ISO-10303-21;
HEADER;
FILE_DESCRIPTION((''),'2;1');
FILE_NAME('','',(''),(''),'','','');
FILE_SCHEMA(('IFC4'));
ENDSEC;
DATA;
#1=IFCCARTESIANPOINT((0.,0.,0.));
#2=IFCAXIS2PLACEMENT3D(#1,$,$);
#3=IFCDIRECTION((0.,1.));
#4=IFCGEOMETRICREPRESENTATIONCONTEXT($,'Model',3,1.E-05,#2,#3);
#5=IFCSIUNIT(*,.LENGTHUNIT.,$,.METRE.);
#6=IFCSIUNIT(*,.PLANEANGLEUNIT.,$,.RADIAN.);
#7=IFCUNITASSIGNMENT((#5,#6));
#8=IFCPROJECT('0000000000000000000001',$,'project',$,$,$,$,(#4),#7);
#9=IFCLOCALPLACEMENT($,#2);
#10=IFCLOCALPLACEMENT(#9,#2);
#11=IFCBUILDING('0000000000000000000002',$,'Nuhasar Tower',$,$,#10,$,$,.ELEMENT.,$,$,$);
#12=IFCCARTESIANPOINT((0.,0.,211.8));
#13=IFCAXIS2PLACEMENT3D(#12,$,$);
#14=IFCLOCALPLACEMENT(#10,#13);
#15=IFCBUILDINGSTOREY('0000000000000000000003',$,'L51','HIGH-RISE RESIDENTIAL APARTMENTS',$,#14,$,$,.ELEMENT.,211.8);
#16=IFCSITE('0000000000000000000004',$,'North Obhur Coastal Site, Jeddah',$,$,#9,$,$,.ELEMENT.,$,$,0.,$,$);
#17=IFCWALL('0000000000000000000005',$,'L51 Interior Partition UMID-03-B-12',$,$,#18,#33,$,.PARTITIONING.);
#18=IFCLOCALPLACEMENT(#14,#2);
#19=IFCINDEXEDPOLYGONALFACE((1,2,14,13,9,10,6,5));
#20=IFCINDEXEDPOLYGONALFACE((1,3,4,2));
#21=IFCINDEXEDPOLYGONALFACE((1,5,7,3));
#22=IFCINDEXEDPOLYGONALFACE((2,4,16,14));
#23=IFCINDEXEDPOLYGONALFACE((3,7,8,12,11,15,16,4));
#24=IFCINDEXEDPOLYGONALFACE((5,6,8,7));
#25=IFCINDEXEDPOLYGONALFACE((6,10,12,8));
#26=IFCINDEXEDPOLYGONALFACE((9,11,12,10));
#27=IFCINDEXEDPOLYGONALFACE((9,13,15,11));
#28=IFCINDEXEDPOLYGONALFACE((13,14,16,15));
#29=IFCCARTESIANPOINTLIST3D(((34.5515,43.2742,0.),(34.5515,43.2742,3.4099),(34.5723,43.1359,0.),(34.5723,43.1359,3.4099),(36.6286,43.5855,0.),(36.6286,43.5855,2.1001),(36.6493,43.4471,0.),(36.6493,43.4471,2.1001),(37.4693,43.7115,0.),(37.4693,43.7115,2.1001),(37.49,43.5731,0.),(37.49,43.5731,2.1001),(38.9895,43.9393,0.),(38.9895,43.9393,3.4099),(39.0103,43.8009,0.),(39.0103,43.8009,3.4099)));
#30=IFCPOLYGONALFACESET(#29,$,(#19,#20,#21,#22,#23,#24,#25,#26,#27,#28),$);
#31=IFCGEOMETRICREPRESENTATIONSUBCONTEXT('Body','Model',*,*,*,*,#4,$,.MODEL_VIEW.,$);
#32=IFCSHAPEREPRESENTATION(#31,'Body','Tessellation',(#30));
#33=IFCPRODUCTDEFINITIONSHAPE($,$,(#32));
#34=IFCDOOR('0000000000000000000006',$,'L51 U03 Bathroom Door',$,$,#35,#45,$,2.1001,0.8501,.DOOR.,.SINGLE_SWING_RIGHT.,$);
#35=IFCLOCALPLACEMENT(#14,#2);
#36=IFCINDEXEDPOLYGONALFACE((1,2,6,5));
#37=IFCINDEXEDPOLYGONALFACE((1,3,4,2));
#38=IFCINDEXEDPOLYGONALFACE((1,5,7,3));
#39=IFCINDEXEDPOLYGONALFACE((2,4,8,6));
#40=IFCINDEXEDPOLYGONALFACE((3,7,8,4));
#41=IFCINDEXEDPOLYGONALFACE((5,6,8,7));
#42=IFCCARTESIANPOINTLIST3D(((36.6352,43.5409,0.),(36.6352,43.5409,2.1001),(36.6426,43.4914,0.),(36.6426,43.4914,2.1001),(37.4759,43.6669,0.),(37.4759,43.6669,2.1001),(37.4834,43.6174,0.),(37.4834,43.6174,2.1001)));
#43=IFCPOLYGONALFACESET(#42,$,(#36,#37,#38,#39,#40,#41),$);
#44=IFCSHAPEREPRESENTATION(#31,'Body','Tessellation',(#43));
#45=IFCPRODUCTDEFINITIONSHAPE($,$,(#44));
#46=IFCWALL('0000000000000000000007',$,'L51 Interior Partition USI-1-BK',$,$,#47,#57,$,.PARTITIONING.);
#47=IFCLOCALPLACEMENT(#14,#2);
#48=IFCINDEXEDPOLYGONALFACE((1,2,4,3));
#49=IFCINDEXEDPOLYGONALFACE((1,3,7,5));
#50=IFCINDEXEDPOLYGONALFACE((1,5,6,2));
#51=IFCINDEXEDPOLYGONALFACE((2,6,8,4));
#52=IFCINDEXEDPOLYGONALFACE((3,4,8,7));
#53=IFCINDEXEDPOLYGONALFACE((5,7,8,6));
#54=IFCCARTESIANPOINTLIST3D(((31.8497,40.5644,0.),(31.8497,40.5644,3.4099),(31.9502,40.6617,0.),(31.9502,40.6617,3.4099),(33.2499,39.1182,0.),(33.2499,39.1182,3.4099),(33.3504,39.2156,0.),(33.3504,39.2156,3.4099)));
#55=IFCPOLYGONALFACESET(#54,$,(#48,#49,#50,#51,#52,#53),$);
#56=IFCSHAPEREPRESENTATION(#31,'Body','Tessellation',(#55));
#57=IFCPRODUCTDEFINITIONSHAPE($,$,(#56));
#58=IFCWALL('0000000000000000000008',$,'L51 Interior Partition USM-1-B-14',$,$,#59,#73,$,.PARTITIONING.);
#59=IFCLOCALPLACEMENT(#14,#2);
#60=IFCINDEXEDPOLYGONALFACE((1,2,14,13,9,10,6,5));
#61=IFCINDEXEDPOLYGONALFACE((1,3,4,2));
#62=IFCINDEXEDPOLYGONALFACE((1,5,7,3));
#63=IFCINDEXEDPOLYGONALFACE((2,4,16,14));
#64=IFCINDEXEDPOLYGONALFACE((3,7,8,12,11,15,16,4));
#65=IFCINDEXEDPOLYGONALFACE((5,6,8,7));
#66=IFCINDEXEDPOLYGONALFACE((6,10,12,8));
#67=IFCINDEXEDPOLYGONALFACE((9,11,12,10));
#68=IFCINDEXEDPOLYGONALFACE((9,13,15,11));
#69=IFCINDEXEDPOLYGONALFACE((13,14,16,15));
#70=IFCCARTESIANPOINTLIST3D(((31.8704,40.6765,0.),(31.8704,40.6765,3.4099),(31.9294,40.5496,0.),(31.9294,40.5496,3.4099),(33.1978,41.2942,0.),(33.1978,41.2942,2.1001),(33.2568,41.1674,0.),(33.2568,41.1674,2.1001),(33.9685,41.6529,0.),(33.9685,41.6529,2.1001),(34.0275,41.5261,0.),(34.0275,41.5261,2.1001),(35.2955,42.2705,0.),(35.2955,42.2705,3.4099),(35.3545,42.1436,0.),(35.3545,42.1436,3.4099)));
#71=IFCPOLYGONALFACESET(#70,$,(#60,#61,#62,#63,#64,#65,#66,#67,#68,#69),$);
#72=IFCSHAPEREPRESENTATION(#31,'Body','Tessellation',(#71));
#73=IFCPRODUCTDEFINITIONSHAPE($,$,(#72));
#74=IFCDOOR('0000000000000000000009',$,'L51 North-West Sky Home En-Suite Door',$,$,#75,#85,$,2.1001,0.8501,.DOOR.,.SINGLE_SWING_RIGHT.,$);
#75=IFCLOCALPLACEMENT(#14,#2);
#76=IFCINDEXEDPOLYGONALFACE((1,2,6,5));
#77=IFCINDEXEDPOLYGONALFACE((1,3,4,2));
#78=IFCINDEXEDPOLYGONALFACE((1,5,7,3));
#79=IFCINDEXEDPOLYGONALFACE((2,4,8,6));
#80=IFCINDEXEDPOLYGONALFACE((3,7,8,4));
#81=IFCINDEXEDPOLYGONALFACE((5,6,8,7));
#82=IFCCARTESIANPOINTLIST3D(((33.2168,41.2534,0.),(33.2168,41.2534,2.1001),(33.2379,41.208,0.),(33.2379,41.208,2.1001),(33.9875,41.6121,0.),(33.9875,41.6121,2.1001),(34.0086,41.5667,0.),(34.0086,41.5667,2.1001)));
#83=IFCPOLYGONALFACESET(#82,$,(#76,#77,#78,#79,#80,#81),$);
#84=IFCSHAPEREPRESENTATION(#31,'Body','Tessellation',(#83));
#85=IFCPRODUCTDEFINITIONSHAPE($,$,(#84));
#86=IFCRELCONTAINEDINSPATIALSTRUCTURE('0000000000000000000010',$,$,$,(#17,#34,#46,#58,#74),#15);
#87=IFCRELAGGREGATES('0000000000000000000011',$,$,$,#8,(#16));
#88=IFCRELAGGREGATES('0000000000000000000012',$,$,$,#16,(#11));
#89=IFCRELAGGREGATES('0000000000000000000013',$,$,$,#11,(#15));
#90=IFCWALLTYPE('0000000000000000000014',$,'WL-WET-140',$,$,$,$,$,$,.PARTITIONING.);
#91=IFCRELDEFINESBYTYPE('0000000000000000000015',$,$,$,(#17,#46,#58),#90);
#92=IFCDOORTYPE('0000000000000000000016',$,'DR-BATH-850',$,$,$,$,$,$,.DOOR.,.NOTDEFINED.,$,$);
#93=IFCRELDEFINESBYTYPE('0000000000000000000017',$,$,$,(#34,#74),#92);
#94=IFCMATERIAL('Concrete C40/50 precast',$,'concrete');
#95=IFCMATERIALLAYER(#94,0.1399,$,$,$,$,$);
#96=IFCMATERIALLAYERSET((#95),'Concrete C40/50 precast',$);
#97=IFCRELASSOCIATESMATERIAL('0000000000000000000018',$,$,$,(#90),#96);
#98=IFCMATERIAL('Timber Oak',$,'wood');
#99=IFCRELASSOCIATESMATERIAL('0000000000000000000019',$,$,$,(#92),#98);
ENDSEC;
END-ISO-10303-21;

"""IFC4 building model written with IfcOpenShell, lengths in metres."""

from ifc_helpers import new_model, si_unit, direction, frame, frame_2d, origin, place, context, subcontext, project, spatial, rectangle, extrude, material, layer, layer_set, type_object, element, fill, save


model = new_model("IFC4")

# Units and contexts
model_context = context("Model", 3, precision=1e-05, world=origin(), true_north=direction((0.0, 1.0)))
body_context = subcontext(model_context, "Body", "Model", "MODEL_VIEW")
ifc_project = project(units=[si_unit("LENGTHUNIT", "METRE"), si_unit("PLANEANGLEUNIT", "RADIAN")], contexts=[model_context])

# Site, building, storey
site_placement = place(None, origin())
site = spatial("IfcSite", under=ifc_project, at=site_placement, Name="North Obhur Coastal Site, Jeddah", CompositionType="ELEMENT", RefElevation=0.0)
building_placement = place(site_placement, origin())
building = spatial("IfcBuilding", under=site, at=building_placement, Name="Nuhasar Tower", CompositionType="ELEMENT")
storey_placement = place(building_placement, frame((0.0, 0.0, 211.8)))
storey = spatial("IfcBuildingStorey", under=building, at=storey_placement, Name="L51", Description="HIGH-RISE RESIDENTIAL APARTMENTS", CompositionType="ELEMENT", Elevation=211.8)

# Shared definitions
ifc_material_1 = material(Name="Concrete C40/50 precast", Category="concrete")

# Wall, opening, door
ifc_layer_1 = layer(ifc_material_1, 0.1399)
ifc_layer_set_1 = layer_set([ifc_layer_1], Name="Concrete C40/50 precast")
wall_type_1 = type_object("IfcWallType", Name="WL-WET-140", PredefinedType="PARTITIONING", material=ifc_layer_set_1)
wall_1_placement = place(storey_placement, frame((34.562, 43.2051, 0.0), z_axis=(0.0, 0.0, 1.0), x_axis=(0.988958, 0.148197, 0.0)))
wall_1 = element("IfcWall", 1, at=wall_1_placement, inside=storey, type_object=wall_type_1, Name="L51 Interior Partition UMID-03-B-12", PredefinedType="PARTITIONING", context=body_context, shape_type="SweptSolid", body=[
    extrude(rectangle(XDim=4.4875, YDim=0.1399, at=frame_2d((2.2437, 0.0))), origin(), (0.0, 0.0, 1.0), 3.4099),
])
opening_1_placement = place(wall_1_placement, frame((2.1001, 0.0, 0.0)))
opening_1 = element("IfcOpeningElement", 2, at=opening_1_placement, cuts=wall_1, PredefinedType="OPENING", context=body_context, shape_type="SweptSolid", body=[
    extrude(rectangle(XDim=0.8501, YDim=2.1001, at=frame_2d((0.425, 1.05))), frame((0.0, 0.0801, 0.0), z_axis=(0.0, -1.0, 0.0), x_axis=(1.0, 0.0, 0.0)), (0.0, 0.0, 1.0), 0.1599),
])
ifc_material_2 = material(Name="Timber Oak", Category="wood")
door_type_1 = type_object("IfcDoorType", Name="DR-BATH-850", OperationType="NOTDEFINED", PredefinedType="DOOR", material=ifc_material_2)
door_1_placement = place(opening_1_placement, origin())
door_1 = element("IfcDoor", 3, at=door_1_placement, inside=storey, type_object=door_type_1, Name="L51 U03 Bathroom Door", OperationType="SINGLE_SWING_RIGHT", OverallHeight=2.1001, OverallWidth=0.8501, PredefinedType="DOOR", context=body_context, shape_type="SweptSolid", body=[
    extrude(rectangle(XDim=0.8501, YDim=2.1001, at=frame_2d((0.425, 1.05))), frame((0.0, 0.0249, 0.0), z_axis=(0.0, -1.0, 0.0), x_axis=(1.0, 0.0, 0.0)), (0.0, 0.0, 1.0), 0.05),
])
fill(opening_1, door_1)

# Wall
wall_2_placement = place(storey_placement, frame((33.3, 39.167, 0.0), z_axis=(0.0, 0.0, 1.0), x_axis=(-0.695613, 0.718416, 0.0)))
element("IfcWall", 4, at=wall_2_placement, inside=storey, type_object=wall_type_1, Name="L51 Interior Partition USI-1-BK", PredefinedType="PARTITIONING", context=body_context, shape_type="SweptSolid", body=[
    extrude(rectangle(XDim=2.0129, YDim=0.1399, at=frame_2d((1.0063, 0.0))), origin(), (0.0, 0.0, 1.0), 3.4099),
])

# Wall, opening, door
wall_3_placement = place(storey_placement, frame((31.8999, 40.613, 0.0), z_axis=(0.0, 0.0, 1.0), x_axis=(0.906625, 0.421937, 0.0)))
wall_3 = element("IfcWall", 5, at=wall_3_placement, inside=storey, type_object=wall_type_1, Name="L51 Interior Partition USM-1-B-14", PredefinedType="PARTITIONING", context=body_context, shape_type="SweptSolid", body=[
    extrude(rectangle(XDim=3.7778, YDim=0.1399, at=frame_2d((1.8889, 0.0))), origin(), (0.0, 0.0, 1.0), 3.4099),
])
opening_2_placement = place(wall_3_placement, frame((1.4641, 0.0, 0.0)))
opening_2 = element("IfcOpeningElement", 6, at=opening_2_placement, cuts=wall_3, PredefinedType="OPENING", context=body_context, shape_type="SweptSolid", body=[
    extrude(rectangle(XDim=0.8501, YDim=2.1001, at=frame_2d((0.425, 1.05))), frame((0.0, 0.0801, 0.0), z_axis=(0.0, -1.0, 0.0), x_axis=(1.0, 0.0, 0.0)), (0.0, 0.0, 1.0), 0.1599),
])
door_2_placement = place(opening_2_placement, origin())
door_2 = element("IfcDoor", 7, at=door_2_placement, inside=storey, type_object=door_type_1, Name="L51 North-West Sky Home En-Suite Door", OperationType="SINGLE_SWING_RIGHT", OverallHeight=2.1001, OverallWidth=0.8501, PredefinedType="DOOR", context=body_context, shape_type="SweptSolid", body=[
    extrude(rectangle(XDim=0.8501, YDim=2.1001, at=frame_2d((0.425, 1.05))), frame((0.0, 0.0249, 0.0), z_axis=(0.0, -1.0, 0.0), x_axis=(1.0, 0.0, 0.0)), (0.0, 0.0, 1.0), 0.05),
])
fill(opening_2, door_2)

save(model, "model.ifc")
